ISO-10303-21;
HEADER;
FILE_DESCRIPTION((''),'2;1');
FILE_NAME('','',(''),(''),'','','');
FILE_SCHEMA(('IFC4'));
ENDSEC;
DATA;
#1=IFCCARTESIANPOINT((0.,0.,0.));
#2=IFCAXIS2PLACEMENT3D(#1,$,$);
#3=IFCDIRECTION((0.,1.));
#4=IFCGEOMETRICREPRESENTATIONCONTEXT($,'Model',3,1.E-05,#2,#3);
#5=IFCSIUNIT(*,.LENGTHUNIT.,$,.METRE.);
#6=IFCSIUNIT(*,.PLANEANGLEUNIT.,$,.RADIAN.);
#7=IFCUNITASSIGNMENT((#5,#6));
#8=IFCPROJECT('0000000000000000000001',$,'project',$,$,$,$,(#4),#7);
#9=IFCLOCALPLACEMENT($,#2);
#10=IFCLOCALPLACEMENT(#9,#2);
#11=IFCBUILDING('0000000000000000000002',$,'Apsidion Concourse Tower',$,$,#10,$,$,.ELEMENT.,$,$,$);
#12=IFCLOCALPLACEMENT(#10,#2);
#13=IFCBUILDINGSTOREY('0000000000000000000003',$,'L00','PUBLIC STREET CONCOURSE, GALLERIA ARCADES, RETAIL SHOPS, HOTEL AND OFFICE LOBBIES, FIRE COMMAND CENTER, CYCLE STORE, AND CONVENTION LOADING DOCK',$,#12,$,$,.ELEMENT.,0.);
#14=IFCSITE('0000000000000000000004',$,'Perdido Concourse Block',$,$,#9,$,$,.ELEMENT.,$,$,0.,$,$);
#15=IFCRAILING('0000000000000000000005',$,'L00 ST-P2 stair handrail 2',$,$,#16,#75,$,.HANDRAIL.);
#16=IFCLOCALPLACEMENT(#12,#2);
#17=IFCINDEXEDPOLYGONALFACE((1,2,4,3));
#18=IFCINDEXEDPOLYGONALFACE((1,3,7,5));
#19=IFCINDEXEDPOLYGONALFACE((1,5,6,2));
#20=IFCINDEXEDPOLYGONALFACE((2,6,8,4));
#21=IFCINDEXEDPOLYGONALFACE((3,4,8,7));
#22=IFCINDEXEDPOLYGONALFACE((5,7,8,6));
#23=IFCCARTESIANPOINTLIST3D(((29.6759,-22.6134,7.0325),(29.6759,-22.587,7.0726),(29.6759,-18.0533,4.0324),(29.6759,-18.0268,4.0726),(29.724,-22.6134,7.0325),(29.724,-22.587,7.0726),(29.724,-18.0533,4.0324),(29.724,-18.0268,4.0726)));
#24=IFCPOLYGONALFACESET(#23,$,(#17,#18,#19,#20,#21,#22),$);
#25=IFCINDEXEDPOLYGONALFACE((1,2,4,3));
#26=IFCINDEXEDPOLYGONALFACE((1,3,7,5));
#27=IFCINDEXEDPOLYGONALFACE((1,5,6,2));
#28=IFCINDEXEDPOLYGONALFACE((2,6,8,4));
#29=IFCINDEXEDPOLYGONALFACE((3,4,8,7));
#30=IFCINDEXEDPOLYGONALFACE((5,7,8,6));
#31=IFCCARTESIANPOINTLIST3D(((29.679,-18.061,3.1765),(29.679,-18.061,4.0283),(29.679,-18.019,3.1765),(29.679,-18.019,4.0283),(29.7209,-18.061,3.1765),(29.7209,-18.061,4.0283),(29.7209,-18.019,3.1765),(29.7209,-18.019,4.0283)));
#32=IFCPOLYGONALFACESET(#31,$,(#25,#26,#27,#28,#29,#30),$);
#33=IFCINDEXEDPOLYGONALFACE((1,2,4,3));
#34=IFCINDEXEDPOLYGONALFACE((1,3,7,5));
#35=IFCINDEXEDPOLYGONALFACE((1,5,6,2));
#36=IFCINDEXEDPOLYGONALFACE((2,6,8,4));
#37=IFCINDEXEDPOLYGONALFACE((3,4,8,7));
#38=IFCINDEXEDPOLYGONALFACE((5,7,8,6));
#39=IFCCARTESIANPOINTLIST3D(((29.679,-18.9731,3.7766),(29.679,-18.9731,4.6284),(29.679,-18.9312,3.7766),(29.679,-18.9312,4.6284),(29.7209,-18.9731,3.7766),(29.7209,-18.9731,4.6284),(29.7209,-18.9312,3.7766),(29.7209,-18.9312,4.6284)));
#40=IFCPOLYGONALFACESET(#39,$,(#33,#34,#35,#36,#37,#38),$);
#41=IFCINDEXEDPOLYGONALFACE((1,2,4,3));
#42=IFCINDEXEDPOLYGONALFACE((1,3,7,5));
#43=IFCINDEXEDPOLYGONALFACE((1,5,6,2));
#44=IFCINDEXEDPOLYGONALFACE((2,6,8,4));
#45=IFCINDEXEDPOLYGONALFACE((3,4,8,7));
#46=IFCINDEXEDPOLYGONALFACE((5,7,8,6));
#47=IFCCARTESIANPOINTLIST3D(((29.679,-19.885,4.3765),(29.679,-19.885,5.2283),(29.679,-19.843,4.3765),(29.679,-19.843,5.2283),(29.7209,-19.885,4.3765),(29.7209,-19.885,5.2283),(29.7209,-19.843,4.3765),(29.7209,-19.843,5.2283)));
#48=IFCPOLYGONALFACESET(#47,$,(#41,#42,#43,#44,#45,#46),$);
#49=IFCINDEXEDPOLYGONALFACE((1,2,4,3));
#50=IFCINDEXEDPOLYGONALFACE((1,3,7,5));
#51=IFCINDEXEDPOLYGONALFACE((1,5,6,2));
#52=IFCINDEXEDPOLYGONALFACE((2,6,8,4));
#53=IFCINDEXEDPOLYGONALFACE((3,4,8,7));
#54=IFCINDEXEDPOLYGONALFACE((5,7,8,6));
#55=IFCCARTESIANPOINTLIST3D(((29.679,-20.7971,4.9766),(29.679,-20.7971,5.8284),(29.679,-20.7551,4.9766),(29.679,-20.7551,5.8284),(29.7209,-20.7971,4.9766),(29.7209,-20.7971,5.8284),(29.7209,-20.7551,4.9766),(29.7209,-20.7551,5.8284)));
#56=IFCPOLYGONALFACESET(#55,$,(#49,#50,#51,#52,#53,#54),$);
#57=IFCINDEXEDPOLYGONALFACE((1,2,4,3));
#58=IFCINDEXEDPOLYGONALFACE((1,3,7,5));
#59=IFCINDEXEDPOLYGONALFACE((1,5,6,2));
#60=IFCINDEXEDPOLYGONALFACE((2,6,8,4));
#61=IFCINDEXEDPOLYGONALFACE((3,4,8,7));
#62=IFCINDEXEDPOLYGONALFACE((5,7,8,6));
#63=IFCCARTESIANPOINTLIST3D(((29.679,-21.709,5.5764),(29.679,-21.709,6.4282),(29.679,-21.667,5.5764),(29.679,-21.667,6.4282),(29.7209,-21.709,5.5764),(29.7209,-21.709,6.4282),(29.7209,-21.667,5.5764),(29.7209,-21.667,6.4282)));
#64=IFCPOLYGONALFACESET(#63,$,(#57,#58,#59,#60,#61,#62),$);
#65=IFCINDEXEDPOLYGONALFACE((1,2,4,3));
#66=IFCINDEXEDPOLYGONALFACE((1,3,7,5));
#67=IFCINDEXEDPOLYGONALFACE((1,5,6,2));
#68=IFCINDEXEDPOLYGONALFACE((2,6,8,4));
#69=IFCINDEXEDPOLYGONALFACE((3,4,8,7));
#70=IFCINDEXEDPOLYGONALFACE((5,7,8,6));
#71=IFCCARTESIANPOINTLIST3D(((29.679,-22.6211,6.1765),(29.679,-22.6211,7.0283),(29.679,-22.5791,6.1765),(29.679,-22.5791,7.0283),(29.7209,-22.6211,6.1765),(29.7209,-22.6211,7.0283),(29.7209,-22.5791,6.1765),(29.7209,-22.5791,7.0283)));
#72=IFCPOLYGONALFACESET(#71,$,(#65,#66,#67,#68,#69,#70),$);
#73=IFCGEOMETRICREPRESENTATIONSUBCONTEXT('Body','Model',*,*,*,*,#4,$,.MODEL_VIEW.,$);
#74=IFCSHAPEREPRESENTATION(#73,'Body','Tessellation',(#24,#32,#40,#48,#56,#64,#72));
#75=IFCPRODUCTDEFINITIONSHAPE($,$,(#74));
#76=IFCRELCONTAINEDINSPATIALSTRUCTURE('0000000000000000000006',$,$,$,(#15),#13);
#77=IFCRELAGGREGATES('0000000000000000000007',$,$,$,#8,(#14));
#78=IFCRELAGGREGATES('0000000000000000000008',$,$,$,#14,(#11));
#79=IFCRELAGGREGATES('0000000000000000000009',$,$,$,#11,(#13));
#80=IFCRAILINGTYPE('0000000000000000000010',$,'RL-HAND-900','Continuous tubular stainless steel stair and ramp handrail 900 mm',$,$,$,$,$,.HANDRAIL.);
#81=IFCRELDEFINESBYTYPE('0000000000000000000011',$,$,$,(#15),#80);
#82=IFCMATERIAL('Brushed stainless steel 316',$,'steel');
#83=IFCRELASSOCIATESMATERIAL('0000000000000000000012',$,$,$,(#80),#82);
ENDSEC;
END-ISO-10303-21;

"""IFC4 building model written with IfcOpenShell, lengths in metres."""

from ifc_helpers import new_model, si_unit, direction, frame, origin, origin_2d, place, context, subcontext, project, spatial, rectangle, extrude, material, type_object, element, save


model = new_model("IFC4")

# Units and contexts
model_context = context("Model", 3, precision=1e-05, world=origin(), true_north=direction((0.0, 1.0)))
body_context = subcontext(model_context, "Body", "Model", "MODEL_VIEW")
ifc_project = project(units=[si_unit("LENGTHUNIT", "METRE"), si_unit("PLANEANGLEUNIT", "RADIAN")], contexts=[model_context])

# Site, building, storey
site_placement = place(None, origin())
site = spatial("IfcSite", under=ifc_project, at=site_placement, Name="Perdido Concourse Block", CompositionType="ELEMENT", RefElevation=0.0)
building_placement = place(site_placement, origin())
building = spatial("IfcBuilding", under=site, at=building_placement, Name="Apsidion Concourse Tower", CompositionType="ELEMENT")
storey_placement = place(building_placement, origin())
storey = spatial("IfcBuildingStorey", under=building, at=storey_placement, Name="L00", Description="PUBLIC STREET CONCOURSE, GALLERIA ARCADES, RETAIL SHOPS, HOTEL AND OFFICE LOBBIES, FIRE COMMAND CENTER, CYCLE STORE, AND CONVENTION LOADING DOCK", CompositionType="ELEMENT", Elevation=0.0)

# Shared definitions
ifc_material_1 = material(Name="Brushed stainless steel 316", Category="steel")

# Railing
railing_type_1 = type_object("IfcRailingType", Name="RL-HAND-900", Description="Continuous tubular stainless steel stair and ramp handrail 900 mm", PredefinedType="HANDRAIL", material=ifc_material_1)
railing_1_placement = place(storey_placement, frame((29.7, -18.04, 3.1765)))
element("IfcRailing", 1, at=railing_1_placement, inside=storey, type_object=railing_type_1, Name="L00 ST-P2 stair handrail 2", PredefinedType="HANDRAIL", context=body_context, shape_type="SweptSolid", body=[
    extrude(rectangle(XDim=0.0481, YDim=0.0481, at=origin_2d()), frame((0.0, 0.0, 0.876), z_axis=(0.0, -0.83542, 0.549612), x_axis=(1.0, 0.0, 0.0)), (0.0, 0.0, 1.0), 5.4585),
    extrude(rectangle(XDim=0.042, YDim=0.042, at=origin_2d()), origin(), (0.0, 0.0, 1.0), 0.8518),
    extrude(rectangle(XDim=0.042, YDim=0.042, at=origin_2d()), frame((0.0, -0.9121, 0.6001)), (0.0, 0.0, 1.0), 0.8518),
    extrude(rectangle(XDim=0.042, YDim=0.042, at=origin_2d()), frame((0.0, -1.824, 1.2)), (0.0, 0.0, 1.0), 0.8518),
    extrude(rectangle(XDim=0.042, YDim=0.042, at=origin_2d()), frame((0.0, -2.7361, 1.8)), (0.0, 0.0, 1.0), 0.8518),
    extrude(rectangle(XDim=0.042, YDim=0.042, at=origin_2d()), frame((0.0, -3.6479, 2.3999)), (0.0, 0.0, 1.0), 0.8518),
    extrude(rectangle(XDim=0.042, YDim=0.042, at=origin_2d()), frame((0.0, -4.5601, 3.0)), (0.0, 0.0, 1.0), 0.8518),
])

save(model, "model.ifc")
